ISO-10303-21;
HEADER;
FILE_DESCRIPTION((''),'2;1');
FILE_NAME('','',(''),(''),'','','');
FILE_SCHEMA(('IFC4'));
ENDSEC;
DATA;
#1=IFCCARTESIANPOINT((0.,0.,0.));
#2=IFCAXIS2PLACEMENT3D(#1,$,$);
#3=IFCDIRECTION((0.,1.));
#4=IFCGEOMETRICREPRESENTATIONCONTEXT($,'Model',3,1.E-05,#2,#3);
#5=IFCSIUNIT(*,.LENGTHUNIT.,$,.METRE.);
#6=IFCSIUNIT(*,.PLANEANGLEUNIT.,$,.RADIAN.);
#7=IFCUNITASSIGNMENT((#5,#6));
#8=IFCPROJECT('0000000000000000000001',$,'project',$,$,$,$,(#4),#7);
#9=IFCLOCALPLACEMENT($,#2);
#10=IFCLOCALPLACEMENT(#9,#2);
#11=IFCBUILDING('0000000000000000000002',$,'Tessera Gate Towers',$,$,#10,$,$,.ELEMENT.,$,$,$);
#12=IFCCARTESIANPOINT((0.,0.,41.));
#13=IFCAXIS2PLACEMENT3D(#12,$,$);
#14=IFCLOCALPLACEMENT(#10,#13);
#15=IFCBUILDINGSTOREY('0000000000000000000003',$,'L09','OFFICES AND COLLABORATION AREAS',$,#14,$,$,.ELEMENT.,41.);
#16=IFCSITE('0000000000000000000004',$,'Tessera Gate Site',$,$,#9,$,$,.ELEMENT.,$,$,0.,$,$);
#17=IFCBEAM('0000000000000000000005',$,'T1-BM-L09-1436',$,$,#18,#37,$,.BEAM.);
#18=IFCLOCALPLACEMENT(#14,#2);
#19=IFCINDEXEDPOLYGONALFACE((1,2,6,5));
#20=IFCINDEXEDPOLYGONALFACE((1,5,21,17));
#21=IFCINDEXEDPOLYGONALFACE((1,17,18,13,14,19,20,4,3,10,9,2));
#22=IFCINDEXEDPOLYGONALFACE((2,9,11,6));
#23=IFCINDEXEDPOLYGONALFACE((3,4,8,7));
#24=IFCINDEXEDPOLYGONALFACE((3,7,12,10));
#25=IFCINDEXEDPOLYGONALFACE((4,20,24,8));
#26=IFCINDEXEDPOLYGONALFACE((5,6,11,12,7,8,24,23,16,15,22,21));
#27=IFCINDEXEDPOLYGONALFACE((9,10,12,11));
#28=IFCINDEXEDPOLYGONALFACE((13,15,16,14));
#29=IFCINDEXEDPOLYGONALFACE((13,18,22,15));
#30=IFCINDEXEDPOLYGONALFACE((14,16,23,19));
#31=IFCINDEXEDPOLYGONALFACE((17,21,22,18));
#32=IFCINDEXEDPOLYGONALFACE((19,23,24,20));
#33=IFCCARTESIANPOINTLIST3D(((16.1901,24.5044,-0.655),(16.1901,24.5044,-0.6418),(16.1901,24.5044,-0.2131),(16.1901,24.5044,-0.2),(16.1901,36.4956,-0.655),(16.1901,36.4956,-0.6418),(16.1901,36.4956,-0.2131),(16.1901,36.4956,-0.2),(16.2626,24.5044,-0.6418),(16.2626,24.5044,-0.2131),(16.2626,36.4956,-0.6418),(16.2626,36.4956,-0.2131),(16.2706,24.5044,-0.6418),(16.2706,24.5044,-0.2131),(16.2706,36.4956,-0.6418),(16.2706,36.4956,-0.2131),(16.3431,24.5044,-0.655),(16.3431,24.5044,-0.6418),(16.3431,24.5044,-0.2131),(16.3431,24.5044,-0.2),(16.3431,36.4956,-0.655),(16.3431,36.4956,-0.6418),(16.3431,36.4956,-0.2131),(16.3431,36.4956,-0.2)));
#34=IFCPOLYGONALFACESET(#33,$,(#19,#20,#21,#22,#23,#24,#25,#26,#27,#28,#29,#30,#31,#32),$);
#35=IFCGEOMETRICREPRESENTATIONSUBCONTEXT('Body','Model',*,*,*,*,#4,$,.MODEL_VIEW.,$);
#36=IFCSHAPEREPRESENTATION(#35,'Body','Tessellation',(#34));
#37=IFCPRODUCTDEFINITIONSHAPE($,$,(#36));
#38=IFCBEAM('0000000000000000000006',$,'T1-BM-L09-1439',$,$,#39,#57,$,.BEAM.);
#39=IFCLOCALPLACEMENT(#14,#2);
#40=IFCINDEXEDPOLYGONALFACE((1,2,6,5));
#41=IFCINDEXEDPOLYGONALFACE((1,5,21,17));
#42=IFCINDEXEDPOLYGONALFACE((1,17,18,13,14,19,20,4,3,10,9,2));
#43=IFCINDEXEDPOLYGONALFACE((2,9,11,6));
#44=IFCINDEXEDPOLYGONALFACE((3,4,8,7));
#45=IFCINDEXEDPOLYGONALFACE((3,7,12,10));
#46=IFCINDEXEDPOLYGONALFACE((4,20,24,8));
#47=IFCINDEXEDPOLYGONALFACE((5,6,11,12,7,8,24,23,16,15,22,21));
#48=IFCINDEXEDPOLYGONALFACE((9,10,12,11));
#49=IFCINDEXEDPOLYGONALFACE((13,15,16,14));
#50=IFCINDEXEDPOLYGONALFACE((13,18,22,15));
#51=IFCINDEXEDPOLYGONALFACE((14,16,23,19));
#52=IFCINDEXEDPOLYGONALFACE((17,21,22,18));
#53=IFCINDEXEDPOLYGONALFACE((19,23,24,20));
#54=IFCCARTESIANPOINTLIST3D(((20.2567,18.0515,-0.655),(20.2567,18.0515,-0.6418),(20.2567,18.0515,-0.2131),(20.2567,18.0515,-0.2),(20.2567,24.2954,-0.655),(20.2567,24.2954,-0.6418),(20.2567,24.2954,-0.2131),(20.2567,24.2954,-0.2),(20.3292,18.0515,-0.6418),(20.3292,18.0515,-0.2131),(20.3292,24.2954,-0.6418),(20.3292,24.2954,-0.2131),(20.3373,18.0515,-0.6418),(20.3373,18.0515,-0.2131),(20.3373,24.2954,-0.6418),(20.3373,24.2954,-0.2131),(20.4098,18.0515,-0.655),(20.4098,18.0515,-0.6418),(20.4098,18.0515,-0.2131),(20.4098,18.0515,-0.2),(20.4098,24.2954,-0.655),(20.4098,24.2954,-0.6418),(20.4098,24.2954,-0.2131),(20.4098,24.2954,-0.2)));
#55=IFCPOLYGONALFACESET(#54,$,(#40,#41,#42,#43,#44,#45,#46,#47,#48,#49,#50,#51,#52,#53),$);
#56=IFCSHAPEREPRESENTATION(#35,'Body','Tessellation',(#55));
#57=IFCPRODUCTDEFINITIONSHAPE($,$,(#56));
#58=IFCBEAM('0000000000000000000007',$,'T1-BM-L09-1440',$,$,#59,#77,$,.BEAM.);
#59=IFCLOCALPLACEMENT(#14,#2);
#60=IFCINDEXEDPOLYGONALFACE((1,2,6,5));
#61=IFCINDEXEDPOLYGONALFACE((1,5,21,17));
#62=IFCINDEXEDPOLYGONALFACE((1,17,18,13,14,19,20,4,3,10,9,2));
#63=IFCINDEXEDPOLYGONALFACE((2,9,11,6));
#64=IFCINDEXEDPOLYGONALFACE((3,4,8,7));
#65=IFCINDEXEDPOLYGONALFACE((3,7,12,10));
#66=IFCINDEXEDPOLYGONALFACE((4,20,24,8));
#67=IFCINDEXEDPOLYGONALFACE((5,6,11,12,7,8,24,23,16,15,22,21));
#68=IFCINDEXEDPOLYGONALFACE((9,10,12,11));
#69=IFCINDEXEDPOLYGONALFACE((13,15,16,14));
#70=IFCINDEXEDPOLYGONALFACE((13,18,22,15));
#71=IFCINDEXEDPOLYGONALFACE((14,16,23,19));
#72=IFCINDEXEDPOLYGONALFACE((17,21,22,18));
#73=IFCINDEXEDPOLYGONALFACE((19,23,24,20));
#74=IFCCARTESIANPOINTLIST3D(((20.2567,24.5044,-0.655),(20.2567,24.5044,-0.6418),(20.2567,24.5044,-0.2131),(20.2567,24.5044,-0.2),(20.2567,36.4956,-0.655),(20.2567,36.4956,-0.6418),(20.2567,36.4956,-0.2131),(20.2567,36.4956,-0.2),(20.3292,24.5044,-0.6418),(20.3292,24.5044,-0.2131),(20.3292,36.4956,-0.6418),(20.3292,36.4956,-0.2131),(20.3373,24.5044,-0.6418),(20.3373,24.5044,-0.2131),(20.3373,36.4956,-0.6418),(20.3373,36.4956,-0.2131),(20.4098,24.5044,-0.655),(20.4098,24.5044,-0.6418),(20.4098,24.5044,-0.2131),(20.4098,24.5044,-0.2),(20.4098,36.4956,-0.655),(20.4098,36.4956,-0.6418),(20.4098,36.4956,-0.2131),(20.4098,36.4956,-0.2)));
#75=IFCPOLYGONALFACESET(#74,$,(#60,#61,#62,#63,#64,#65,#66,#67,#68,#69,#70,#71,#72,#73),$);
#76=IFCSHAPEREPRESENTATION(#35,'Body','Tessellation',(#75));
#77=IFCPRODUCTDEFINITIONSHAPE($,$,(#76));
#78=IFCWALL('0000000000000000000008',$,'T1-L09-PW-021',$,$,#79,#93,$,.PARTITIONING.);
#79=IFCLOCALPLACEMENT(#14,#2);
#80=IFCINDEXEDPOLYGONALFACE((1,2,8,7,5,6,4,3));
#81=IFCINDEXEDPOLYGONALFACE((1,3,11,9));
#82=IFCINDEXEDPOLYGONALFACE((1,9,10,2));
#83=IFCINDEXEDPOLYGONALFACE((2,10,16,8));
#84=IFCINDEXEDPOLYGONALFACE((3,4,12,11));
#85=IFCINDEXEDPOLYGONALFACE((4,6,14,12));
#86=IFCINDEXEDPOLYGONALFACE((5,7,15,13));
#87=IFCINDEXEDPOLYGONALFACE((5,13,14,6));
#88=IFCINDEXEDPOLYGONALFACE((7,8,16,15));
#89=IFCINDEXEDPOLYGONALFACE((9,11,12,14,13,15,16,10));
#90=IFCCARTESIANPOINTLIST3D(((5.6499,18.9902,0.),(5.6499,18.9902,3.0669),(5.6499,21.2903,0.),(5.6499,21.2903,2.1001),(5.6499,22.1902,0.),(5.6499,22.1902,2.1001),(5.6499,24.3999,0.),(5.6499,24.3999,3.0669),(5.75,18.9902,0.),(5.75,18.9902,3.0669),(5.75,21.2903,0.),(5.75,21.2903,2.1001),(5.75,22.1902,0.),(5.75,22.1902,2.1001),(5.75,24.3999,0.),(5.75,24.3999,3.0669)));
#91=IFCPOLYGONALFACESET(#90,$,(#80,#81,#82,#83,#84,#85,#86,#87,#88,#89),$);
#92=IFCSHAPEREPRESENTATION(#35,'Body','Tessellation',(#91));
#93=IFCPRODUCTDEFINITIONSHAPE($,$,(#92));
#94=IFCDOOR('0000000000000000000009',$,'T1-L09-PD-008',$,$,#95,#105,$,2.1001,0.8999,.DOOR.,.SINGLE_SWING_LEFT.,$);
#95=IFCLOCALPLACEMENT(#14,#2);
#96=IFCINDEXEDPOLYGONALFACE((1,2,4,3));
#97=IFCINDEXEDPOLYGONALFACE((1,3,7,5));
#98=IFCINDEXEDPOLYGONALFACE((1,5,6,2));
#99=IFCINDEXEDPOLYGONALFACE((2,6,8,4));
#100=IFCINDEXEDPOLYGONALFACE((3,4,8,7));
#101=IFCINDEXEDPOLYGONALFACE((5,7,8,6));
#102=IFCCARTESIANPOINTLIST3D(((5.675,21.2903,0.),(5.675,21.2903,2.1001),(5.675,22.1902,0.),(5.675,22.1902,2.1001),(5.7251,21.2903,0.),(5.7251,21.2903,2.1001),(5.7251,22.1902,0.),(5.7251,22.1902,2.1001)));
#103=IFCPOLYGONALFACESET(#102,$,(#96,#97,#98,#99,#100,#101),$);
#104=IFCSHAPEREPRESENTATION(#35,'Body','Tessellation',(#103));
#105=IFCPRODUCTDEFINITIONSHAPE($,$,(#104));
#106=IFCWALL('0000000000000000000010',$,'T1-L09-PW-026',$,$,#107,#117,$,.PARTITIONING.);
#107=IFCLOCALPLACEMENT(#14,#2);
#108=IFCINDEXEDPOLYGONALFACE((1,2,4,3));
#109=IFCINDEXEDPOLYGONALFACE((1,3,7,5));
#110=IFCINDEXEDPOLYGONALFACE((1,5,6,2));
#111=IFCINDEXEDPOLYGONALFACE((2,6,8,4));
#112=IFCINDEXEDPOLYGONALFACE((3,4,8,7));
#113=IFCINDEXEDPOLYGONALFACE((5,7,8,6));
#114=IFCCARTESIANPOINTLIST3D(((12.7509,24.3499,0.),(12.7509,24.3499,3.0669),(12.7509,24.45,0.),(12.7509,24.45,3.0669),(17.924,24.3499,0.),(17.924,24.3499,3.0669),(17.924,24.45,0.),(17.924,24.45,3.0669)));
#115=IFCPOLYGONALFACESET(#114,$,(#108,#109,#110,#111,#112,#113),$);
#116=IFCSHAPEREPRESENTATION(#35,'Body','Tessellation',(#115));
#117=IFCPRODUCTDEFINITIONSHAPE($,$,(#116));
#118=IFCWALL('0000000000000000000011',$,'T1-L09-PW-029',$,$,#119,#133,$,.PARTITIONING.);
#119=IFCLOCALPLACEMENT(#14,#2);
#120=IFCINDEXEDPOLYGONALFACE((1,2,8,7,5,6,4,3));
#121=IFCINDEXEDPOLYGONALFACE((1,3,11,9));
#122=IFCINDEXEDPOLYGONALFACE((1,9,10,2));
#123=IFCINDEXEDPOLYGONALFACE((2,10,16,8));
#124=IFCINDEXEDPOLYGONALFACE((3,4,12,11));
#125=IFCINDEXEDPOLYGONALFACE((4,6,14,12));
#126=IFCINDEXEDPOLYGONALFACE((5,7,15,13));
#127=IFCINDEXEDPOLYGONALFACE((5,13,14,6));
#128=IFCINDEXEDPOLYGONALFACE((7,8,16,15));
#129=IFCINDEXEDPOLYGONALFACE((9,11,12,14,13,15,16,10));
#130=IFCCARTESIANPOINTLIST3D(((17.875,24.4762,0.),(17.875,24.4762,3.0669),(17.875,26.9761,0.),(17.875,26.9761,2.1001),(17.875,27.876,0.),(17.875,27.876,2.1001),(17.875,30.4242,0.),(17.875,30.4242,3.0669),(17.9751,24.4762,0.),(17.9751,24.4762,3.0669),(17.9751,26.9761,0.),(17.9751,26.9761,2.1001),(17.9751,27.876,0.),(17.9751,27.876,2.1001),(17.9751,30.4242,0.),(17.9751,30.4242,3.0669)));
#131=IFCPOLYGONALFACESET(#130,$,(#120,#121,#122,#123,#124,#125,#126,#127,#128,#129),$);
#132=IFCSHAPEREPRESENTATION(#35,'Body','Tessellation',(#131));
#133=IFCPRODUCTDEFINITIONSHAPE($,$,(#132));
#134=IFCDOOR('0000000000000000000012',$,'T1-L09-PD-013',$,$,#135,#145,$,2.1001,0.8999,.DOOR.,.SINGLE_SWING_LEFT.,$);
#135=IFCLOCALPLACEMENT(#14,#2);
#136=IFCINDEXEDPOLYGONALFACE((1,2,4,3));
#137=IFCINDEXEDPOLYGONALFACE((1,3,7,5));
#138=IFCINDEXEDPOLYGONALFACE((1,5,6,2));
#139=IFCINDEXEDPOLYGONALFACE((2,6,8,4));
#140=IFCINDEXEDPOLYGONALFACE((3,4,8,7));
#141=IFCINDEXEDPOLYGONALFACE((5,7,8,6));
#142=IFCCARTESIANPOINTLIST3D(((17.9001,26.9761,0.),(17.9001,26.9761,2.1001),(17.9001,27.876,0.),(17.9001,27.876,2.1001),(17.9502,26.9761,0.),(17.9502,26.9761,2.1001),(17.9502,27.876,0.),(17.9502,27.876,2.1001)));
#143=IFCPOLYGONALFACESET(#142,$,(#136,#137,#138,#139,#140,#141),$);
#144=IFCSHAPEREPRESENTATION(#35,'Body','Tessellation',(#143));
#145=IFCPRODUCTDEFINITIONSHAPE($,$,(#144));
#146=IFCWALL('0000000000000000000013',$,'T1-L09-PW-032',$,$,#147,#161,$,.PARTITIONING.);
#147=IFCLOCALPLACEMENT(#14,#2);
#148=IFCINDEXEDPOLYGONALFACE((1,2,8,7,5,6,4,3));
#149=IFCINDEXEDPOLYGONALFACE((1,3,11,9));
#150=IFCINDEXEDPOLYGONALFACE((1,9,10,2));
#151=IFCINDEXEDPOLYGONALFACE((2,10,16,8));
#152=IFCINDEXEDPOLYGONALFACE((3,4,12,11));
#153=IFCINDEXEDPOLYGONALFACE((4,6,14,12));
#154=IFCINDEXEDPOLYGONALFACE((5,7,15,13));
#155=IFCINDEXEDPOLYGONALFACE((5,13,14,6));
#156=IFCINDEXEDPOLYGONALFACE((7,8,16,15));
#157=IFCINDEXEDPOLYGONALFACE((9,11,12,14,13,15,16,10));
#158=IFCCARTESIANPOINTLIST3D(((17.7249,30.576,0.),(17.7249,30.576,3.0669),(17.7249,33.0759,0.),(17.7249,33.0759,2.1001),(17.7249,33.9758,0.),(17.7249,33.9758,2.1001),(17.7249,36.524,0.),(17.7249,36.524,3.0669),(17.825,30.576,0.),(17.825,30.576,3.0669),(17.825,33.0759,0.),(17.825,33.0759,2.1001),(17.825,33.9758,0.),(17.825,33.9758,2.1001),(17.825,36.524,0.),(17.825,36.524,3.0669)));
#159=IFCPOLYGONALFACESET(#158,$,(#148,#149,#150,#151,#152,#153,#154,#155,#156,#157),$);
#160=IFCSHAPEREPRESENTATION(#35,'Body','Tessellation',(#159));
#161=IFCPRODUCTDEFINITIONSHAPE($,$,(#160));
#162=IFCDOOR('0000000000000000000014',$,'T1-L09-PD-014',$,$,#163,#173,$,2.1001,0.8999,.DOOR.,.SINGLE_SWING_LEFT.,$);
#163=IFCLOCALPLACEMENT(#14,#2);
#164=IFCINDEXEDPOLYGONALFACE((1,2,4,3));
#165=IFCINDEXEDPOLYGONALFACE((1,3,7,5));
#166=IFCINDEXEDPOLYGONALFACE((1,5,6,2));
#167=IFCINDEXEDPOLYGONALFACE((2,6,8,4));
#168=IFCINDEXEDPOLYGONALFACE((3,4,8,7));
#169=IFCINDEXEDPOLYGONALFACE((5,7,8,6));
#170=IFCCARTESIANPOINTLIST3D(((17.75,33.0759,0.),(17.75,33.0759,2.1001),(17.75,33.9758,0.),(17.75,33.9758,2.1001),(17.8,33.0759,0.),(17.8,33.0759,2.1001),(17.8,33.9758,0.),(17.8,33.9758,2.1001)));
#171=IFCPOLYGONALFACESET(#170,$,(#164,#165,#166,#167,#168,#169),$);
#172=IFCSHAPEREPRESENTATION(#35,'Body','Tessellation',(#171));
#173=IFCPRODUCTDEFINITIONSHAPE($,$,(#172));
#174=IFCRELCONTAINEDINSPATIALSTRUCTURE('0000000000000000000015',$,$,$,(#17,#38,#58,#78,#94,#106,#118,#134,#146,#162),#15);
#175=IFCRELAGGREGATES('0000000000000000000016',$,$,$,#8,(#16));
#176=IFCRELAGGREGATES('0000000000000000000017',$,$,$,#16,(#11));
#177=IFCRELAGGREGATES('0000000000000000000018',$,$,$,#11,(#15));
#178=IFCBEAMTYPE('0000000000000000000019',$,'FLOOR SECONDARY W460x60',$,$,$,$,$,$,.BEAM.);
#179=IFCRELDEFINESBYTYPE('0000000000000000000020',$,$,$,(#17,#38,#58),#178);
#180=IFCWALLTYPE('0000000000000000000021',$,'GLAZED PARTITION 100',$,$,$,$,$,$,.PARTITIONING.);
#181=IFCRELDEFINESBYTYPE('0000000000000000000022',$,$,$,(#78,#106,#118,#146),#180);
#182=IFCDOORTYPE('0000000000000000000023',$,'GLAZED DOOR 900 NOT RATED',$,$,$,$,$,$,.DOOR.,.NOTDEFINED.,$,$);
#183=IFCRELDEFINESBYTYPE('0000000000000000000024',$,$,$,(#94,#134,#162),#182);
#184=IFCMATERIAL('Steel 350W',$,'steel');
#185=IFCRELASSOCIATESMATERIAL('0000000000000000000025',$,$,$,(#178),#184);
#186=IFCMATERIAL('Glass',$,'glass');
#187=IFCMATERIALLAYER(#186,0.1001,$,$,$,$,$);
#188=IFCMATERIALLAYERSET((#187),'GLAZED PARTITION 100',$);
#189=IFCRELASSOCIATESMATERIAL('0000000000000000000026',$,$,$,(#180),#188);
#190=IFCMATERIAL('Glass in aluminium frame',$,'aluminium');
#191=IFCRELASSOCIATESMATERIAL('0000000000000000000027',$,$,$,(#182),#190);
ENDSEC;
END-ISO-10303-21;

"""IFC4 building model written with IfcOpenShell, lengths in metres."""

from ifc_helpers import new_model, si_unit, direction, frame, frame_2d, origin, origin_2d, place, context, subcontext, project, spatial, rectangle, i_section, extrude, source, transform, mapped, material, layer, layer_set, material_profile, profile_set, type_object, element, fill, save


model = new_model("IFC4")

# Units and contexts
model_context = context("Model", 3, precision=1e-05, world=origin(), true_north=direction((0.0, 1.0)))
body_context = subcontext(model_context, "Body", "Model", "MODEL_VIEW")
ifc_project = project(units=[si_unit("LENGTHUNIT", "METRE"), si_unit("PLANEANGLEUNIT", "RADIAN")], contexts=[model_context])

# Site, building, storey
site_placement = place(None, origin())
site = spatial("IfcSite", under=ifc_project, at=site_placement, Name="Tessera Gate Site", CompositionType="ELEMENT", RefElevation=0.0)
building_placement = place(site_placement, origin())
building = spatial("IfcBuilding", under=site, at=building_placement, Name="Tessera Gate Towers", CompositionType="ELEMENT")
storey_placement = place(building_placement, frame((0.0, 0.0, 41.0)))
storey = spatial("IfcBuildingStorey", under=building, at=storey_placement, Name="L09", Description="OFFICES AND COLLABORATION AREAS", CompositionType="ELEMENT", Elevation=41.0)

# Beams
ifc_material_1 = material(Name="Steel 350W", Category="steel")
ifc_material_profile_1 = material_profile(ifc_material_1, i_section(OverallWidth=0.1531, OverallDepth=0.4551, WebThickness=0.0081, FlangeThickness=0.0132, at=origin_2d()), Name="W460x60")
ifc_profile_set_1 = profile_set([ifc_material_profile_1], Name="Steel 350W")
beam_type_1 = type_object("IfcBeamType", Name="FLOOR SECONDARY W460x60", PredefinedType="BEAM", material=ifc_profile_set_1)
beam_1_placement = place(storey_placement, frame((16.2666, 24.5044, -0.4275), z_axis=(0.0, 1.0, 0.0), x_axis=(-1.0, 0.0, 0.0)))
element("IfcBeam", 1, at=beam_1_placement, inside=storey, type_object=beam_type_1, Name="T1-BM-L09-1436", PredefinedType="BEAM", context=body_context, shape_type="SweptSolid", body=[
    extrude(i_section(OverallWidth=0.1531, OverallDepth=0.4551, WebThickness=0.0081, FlangeThickness=0.0132, at=origin_2d()), origin(), (0.0, 0.0, 1.0), 11.9912),
])
beam_2_placement = place(storey_placement, frame((20.3333, 18.0515, -0.4275), z_axis=(0.0, 1.0, 0.0), x_axis=(-1.0, 0.0, 0.0)))
element("IfcBeam", 2, at=beam_2_placement, inside=storey, type_object=beam_type_1, Name="T1-BM-L09-1439", PredefinedType="BEAM", context=body_context, shape_type="SweptSolid", body=[
    extrude(i_section(OverallWidth=0.1531, OverallDepth=0.4551, WebThickness=0.0081, FlangeThickness=0.0132, at=origin_2d()), origin(), (0.0, 0.0, 1.0), 6.2439),
])
beam_3_placement = place(storey_placement, frame((20.3333, 24.5044, -0.4275), z_axis=(0.0, 1.0, 0.0), x_axis=(-1.0, 0.0, 0.0)))
element("IfcBeam", 3, at=beam_3_placement, inside=storey, type_object=beam_type_1, Name="T1-BM-L09-1440", PredefinedType="BEAM", context=body_context, shape_type="SweptSolid", body=[
    extrude(i_section(OverallWidth=0.1531, OverallDepth=0.4551, WebThickness=0.0081, FlangeThickness=0.0132, at=origin_2d()), origin(), (0.0, 0.0, 1.0), 11.9912),
])

# Wall, opening, door
ifc_material_2 = material(Name="Glass", Category="glass")
ifc_layer_1 = layer(ifc_material_2, 0.1001)
ifc_layer_set_1 = layer_set([ifc_layer_1], Name="GLAZED PARTITION 100")
wall_type_1 = type_object("IfcWallType", Name="GLAZED PARTITION 100", PredefinedType="PARTITIONING", material=ifc_layer_set_1)
wall_1_placement = place(storey_placement, frame((5.7, 18.9902, 0.0), z_axis=(0.0, 0.0, 1.0), x_axis=(0.0, 1.0, 0.0)))
wall_1 = element("IfcWall", 4, at=wall_1_placement, inside=storey, type_object=wall_type_1, Name="T1-L09-PW-021", PredefinedType="PARTITIONING", context=body_context, shape_type="SweptSolid", body=[
    extrude(rectangle(XDim=5.4097, YDim=0.1001, at=frame_2d((2.7048, 0.0))), origin(), (0.0, 0.0, 1.0), 3.0669),
])
shared_shape_1 = source(origin(), body_context, "Body", "SweptSolid", [
    extrude(rectangle(XDim=0.8999, YDim=2.1001, at=frame_2d((0.45, 1.05))), frame((0.0, 0.0601, 0.0), z_axis=(0.0, -1.0, 0.0), x_axis=(1.0, 0.0, 0.0)), (0.0, 0.0, 1.0), 0.1201),
])
opening_1_placement = place(wall_1_placement, frame((2.3, 0.0, 0.0)))
opening_1 = element("IfcOpeningElement", 5, at=opening_1_placement, cuts=wall_1, PredefinedType="OPENING", context=body_context, shape_type="MappedRepresentation", body=[
    mapped(shared_shape_1, transform((0.0, 0.0, 0.0), scale=1.0)),
])
ifc_material_3 = material(Name="Glass in aluminium frame", Category="aluminium")
door_type = type_object("IfcDoorType", Name="GLAZED DOOR 900 NOT RATED", OperationType="NOTDEFINED", PredefinedType="DOOR", material=ifc_material_3)
shared_shape_2 = source(origin(), body_context, "Body", "SweptSolid", [
    extrude(rectangle(XDim=0.8999, YDim=2.1001, at=frame_2d((0.45, 1.05))), frame((0.0, 0.0249, 0.0), z_axis=(0.0, -1.0, 0.0), x_axis=(1.0, 0.0, 0.0)), (0.0, 0.0, 1.0), 0.05),
])
door_1_placement = place(opening_1_placement, origin())
door_1 = element("IfcDoor", 6, at=door_1_placement, inside=storey, type_object=door_type, Name="T1-L09-PD-008", OperationType="SINGLE_SWING_LEFT", OverallHeight=2.1001, OverallWidth=0.8999, PredefinedType="DOOR", context=body_context, shape_type="MappedRepresentation", body=[
    mapped(shared_shape_2, transform((0.0, 0.0, 0.0), scale=1.0)),
])
fill(opening_1, door_1)

# Wall
wall_2_placement = place(storey_placement, frame((12.751, 24.3999, 0.0), z_axis=(0.0, 0.0, 1.0), x_axis=(1.0, 0.0, 0.0)))
element("IfcWall", 7, at=wall_2_placement, inside=storey, type_object=wall_type_1, Name="T1-L09-PW-026", PredefinedType="PARTITIONING", context=body_context, shape_type="SweptSolid", body=[
    extrude(rectangle(XDim=5.1731, YDim=0.1001, at=frame_2d((2.5864, 0.0))), origin(), (0.0, 0.0, 1.0), 3.0669),
])

# Walls, openings, doors
wall_3_placement = place(storey_placement, frame((17.925, 24.4761, 0.0), z_axis=(0.0, 0.0, 1.0), x_axis=(0.0, 1.0, 0.0)))
wall_3 = element("IfcWall", 8, at=wall_3_placement, inside=storey, type_object=wall_type_1, Name="T1-L09-PW-029", PredefinedType="PARTITIONING", context=body_context, shape_type="SweptSolid", body=[
    extrude(rectangle(XDim=5.948, YDim=0.1001, at=frame_2d((2.9741, 0.0))), origin(), (0.0, 0.0, 1.0), 3.0669),
])
opening_2_placement = place(wall_3_placement, frame((2.5, 0.0, 0.0)))
opening_2 = element("IfcOpeningElement", 9, at=opening_2_placement, cuts=wall_3, PredefinedType="OPENING", context=body_context, shape_type="MappedRepresentation", body=[
    mapped(shared_shape_1, transform((0.0, 0.0, 0.0), scale=1.0)),
])
door_2_placement = place(opening_2_placement, origin())
door_2 = element("IfcDoor", 10, at=door_2_placement, inside=storey, type_object=door_type, Name="T1-L09-PD-013", OperationType="SINGLE_SWING_LEFT", OverallHeight=2.1001, OverallWidth=0.8999, PredefinedType="DOOR", context=body_context, shape_type="MappedRepresentation", body=[
    mapped(shared_shape_2, transform((0.0, 0.0, 0.0), scale=1.0)),
])
fill(opening_2, door_2)
wall_4_placement = place(storey_placement, frame((17.7749, 30.5759, 0.0), z_axis=(0.0, 0.0, 1.0), x_axis=(0.0, 1.0, 0.0)))
wall_4 = element("IfcWall", 11, at=wall_4_placement, inside=storey, type_object=wall_type_1, Name="T1-L09-PW-032", PredefinedType="PARTITIONING", context=body_context, shape_type="SweptSolid", body=[
    extrude(rectangle(XDim=5.948, YDim=0.1001, at=frame_2d((2.9741, 0.0))), origin(), (0.0, 0.0, 1.0), 3.0669),
])
opening_3_placement = place(wall_4_placement, frame((2.5, 0.0, 0.0)))
opening_3 = element("IfcOpeningElement", 12, at=opening_3_placement, cuts=wall_4, PredefinedType="OPENING", context=body_context, shape_type="MappedRepresentation", body=[
    mapped(shared_shape_1, transform((0.0, 0.0, 0.0), scale=1.0)),
])
door_3_placement = place(opening_3_placement, origin())
door_3 = element("IfcDoor", 13, at=door_3_placement, inside=storey, type_object=door_type, Name="T1-L09-PD-014", OperationType="SINGLE_SWING_LEFT", OverallHeight=2.1001, OverallWidth=0.8999, PredefinedType="DOOR", context=body_context, shape_type="MappedRepresentation", body=[
    mapped(shared_shape_2, transform((0.0, 0.0, 0.0), scale=1.0)),
])
fill(opening_3, door_3)

save(model, "model.ifc")
